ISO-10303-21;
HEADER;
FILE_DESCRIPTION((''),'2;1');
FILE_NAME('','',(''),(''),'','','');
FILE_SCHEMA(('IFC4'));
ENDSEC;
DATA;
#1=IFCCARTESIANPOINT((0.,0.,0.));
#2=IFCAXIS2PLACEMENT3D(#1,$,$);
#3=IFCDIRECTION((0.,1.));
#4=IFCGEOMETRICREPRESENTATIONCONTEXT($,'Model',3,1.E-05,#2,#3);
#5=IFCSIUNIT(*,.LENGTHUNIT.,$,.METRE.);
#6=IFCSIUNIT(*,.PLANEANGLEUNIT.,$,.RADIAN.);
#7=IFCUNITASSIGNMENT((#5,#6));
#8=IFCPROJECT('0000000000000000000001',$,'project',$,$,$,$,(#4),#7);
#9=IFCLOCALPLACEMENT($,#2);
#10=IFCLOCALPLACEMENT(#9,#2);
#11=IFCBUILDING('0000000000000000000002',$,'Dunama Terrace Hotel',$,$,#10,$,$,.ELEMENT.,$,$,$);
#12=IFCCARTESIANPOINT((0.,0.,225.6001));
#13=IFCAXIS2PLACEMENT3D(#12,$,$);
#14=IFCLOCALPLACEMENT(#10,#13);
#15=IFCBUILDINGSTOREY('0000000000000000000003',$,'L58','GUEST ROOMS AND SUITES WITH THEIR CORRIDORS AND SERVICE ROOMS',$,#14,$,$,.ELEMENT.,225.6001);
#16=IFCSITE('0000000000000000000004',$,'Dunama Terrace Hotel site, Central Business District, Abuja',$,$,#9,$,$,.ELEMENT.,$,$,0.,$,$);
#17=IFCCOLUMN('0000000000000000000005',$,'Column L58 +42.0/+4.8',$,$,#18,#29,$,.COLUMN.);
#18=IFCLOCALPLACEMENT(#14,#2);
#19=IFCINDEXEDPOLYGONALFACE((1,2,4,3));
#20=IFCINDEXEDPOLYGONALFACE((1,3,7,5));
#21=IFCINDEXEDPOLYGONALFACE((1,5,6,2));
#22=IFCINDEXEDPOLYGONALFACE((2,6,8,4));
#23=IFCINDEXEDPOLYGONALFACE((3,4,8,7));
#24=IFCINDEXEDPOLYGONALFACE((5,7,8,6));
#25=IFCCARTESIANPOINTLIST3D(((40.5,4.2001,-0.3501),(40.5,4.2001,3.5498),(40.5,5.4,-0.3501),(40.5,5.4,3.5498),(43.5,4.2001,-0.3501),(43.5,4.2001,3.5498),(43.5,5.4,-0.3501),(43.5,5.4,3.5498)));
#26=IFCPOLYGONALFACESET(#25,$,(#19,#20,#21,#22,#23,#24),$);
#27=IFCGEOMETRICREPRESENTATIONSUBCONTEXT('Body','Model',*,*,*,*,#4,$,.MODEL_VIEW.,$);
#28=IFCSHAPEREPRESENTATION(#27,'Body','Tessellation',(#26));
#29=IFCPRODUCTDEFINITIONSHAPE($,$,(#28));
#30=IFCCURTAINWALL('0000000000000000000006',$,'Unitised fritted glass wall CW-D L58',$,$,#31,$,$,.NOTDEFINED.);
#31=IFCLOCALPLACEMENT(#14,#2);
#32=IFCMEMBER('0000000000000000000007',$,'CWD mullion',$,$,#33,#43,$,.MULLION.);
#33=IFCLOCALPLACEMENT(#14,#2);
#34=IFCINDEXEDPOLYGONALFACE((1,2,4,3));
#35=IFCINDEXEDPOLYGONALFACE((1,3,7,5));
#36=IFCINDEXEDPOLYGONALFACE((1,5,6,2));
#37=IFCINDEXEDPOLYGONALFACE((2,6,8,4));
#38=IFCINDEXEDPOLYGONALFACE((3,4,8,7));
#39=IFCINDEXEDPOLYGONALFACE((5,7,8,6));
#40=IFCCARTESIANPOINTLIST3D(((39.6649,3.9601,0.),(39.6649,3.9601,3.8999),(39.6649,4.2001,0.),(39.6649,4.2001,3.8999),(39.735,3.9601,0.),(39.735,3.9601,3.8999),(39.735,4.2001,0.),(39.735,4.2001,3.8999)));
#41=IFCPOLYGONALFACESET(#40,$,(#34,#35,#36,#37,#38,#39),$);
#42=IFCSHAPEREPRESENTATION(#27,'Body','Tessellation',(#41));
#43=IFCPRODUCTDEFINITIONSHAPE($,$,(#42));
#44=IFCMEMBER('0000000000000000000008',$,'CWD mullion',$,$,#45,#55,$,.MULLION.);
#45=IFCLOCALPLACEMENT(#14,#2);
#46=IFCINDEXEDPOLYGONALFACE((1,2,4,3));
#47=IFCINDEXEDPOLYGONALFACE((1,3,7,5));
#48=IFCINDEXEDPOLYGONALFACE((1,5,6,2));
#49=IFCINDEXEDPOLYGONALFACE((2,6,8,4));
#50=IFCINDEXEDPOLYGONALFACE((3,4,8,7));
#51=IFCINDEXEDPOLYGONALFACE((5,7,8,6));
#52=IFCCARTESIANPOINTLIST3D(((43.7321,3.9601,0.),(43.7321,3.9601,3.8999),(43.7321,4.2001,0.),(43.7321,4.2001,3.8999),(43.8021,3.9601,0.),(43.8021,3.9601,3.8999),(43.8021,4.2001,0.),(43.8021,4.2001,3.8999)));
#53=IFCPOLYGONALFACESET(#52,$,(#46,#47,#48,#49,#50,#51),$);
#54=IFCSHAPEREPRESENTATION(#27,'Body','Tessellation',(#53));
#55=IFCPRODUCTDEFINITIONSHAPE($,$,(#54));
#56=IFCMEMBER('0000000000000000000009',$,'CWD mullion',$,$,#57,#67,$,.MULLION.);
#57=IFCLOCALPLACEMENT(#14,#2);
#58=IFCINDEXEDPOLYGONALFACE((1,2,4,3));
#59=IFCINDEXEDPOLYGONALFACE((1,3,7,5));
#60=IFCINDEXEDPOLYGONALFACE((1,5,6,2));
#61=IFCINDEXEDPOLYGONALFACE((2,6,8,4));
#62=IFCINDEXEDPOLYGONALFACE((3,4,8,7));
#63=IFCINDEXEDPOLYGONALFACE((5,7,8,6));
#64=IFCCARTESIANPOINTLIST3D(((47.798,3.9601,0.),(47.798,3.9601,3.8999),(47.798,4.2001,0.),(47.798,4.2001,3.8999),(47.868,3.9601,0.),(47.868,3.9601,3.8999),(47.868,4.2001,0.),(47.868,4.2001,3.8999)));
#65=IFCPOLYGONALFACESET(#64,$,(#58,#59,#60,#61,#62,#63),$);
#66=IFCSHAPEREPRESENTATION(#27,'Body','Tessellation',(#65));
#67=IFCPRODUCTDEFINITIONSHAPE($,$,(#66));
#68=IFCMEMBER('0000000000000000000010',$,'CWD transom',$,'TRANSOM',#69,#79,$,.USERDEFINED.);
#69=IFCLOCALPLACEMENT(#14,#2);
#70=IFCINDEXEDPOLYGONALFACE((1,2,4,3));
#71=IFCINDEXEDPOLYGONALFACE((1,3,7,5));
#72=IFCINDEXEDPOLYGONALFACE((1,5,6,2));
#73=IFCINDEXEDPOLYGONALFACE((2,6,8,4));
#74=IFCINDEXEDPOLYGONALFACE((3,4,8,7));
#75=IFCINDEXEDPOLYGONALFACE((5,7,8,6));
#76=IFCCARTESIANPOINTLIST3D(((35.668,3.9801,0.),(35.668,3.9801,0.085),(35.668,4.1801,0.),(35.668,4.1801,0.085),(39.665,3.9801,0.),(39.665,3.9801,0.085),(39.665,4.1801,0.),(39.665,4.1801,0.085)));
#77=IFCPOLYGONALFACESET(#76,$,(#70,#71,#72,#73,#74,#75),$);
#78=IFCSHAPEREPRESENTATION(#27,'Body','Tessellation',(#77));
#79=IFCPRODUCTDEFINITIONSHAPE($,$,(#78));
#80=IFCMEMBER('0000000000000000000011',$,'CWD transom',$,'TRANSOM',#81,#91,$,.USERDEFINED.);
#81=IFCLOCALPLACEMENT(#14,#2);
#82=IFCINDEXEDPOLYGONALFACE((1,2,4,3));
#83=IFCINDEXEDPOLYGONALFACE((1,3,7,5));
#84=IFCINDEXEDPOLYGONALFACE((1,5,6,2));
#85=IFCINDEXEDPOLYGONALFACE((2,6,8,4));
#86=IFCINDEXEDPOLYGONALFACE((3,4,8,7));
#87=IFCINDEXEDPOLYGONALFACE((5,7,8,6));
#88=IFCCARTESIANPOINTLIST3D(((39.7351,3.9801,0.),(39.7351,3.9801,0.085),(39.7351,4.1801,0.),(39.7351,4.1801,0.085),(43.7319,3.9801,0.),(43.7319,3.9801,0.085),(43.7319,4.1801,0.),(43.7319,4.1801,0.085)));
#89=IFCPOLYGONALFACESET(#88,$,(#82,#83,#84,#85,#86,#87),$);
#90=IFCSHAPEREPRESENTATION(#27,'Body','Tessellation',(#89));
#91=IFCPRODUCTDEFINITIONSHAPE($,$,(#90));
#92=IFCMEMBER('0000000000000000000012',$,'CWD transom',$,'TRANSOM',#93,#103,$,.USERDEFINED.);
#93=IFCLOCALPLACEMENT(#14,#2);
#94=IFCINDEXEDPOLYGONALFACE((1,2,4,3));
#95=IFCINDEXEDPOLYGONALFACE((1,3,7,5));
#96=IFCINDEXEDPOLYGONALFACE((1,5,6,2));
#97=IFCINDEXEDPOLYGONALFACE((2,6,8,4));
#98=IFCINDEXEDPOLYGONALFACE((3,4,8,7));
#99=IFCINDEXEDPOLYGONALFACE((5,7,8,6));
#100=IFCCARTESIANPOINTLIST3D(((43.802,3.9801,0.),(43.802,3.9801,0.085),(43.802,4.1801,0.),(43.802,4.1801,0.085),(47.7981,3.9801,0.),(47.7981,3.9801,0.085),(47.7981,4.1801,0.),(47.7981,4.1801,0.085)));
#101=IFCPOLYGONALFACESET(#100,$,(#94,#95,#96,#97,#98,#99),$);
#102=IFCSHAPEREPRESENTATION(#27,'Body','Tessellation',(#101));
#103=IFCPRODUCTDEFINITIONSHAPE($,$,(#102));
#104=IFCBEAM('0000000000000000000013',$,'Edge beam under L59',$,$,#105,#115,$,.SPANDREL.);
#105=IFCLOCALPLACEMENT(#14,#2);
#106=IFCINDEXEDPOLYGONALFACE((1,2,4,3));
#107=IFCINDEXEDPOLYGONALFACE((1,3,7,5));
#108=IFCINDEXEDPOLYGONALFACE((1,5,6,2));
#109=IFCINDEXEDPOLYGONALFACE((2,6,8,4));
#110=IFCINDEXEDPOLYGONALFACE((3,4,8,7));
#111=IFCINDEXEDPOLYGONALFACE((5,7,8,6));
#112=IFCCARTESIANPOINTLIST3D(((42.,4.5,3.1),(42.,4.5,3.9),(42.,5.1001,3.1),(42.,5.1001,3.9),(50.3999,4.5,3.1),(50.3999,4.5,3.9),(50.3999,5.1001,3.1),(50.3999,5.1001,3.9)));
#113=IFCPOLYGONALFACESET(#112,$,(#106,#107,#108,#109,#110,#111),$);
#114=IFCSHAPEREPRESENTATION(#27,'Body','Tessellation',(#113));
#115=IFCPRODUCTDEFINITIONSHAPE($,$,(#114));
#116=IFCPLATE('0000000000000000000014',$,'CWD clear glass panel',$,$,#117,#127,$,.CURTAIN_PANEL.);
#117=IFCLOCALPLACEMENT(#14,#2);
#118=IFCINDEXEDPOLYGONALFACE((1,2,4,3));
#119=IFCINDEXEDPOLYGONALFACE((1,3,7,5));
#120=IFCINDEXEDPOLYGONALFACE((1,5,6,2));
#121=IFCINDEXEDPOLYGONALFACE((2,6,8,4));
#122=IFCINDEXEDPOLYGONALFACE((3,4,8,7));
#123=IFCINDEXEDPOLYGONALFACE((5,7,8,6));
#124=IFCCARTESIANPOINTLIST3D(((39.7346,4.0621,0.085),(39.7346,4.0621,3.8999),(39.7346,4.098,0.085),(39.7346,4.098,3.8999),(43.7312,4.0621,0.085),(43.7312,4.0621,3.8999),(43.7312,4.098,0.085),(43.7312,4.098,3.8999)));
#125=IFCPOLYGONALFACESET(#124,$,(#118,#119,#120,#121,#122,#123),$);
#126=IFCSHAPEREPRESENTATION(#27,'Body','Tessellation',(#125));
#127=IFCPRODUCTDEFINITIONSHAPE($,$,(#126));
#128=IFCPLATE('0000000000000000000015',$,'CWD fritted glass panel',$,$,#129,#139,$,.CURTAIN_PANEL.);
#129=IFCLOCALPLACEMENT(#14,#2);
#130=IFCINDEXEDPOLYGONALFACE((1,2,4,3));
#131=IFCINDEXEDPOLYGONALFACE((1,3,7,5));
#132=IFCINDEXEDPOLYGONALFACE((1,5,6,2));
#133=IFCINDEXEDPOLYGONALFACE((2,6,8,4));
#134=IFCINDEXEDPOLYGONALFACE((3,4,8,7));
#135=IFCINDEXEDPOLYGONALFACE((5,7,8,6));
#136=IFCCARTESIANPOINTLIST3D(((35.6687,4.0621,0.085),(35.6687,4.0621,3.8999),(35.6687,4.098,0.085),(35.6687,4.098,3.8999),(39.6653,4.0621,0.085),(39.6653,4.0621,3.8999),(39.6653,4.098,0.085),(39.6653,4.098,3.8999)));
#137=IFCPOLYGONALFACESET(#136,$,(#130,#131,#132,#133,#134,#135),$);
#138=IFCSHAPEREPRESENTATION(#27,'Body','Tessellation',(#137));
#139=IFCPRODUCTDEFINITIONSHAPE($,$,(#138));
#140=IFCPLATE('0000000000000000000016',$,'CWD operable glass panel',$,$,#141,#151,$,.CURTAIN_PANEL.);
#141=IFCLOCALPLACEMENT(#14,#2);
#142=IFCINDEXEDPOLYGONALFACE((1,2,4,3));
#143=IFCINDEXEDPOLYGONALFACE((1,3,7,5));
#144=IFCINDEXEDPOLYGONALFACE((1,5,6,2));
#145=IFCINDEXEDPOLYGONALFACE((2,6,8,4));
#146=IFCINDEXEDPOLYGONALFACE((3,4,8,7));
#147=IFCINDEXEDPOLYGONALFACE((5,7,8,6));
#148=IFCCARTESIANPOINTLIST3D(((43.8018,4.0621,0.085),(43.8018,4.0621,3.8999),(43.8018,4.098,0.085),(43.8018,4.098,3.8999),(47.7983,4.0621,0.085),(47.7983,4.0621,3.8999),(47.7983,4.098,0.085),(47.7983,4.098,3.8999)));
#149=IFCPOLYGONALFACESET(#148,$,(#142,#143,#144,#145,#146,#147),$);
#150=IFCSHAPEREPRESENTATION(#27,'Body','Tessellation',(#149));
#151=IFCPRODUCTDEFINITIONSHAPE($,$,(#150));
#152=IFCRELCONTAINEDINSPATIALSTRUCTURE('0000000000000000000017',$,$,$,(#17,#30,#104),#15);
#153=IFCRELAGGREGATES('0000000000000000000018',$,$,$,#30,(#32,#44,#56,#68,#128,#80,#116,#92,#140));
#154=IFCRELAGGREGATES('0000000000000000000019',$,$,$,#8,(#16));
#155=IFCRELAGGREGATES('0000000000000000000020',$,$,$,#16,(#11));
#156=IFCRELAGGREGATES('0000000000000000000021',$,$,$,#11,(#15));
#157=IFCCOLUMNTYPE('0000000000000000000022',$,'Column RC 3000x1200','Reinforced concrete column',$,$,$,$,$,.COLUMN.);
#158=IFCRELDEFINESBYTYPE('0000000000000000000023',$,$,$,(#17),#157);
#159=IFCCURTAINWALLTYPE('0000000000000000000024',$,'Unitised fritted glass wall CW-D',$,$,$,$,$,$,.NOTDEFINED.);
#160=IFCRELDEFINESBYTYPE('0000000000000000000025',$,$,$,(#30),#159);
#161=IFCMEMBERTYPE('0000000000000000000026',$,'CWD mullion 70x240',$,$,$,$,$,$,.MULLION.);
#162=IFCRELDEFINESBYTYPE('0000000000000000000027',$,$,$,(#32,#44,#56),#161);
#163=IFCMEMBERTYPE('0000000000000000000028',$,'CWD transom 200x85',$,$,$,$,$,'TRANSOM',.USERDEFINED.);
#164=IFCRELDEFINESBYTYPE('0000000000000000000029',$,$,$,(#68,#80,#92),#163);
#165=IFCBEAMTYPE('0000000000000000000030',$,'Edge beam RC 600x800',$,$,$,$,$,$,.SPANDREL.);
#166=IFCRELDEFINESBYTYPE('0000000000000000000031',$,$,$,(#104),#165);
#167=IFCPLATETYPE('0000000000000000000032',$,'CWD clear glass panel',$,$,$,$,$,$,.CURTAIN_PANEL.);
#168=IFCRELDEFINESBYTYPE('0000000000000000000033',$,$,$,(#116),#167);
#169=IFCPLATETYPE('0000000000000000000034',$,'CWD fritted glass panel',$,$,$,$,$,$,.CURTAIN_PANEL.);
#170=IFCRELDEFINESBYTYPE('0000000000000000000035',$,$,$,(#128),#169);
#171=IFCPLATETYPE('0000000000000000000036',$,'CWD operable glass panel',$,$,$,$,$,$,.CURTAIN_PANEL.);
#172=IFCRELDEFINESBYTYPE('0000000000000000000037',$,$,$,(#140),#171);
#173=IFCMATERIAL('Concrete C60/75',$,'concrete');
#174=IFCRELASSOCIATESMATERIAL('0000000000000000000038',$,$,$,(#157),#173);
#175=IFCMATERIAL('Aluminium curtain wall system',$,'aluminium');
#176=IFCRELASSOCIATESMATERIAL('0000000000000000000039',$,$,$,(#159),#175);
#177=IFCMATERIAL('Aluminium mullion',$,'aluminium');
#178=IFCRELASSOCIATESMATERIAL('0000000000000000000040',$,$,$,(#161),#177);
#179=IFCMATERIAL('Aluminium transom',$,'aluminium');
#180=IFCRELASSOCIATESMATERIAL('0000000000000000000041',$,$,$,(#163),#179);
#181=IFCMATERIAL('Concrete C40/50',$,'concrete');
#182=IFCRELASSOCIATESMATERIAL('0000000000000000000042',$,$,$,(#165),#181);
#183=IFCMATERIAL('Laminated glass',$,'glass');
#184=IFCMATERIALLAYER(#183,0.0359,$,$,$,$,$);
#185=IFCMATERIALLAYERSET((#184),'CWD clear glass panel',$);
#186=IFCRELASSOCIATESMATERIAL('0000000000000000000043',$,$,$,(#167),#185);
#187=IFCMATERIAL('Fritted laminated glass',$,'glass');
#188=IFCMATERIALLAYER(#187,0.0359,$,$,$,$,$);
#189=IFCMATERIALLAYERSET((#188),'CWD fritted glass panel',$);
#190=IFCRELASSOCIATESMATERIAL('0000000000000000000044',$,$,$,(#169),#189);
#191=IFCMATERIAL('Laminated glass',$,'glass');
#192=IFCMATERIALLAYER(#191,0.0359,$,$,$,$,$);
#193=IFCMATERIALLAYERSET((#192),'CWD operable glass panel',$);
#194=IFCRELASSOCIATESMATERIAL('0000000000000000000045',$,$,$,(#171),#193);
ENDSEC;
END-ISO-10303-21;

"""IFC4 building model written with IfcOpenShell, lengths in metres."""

from ifc_helpers import new_model, si_unit, direction, frame, origin, origin_2d, place, context, subcontext, project, spatial, rectangle, extrude, material, layer, layer_set, material_profile, profile_set, type_object, element, aggregate, save


model = new_model("IFC4")

# Units and contexts
model_context = context("Model", 3, precision=1e-05, world=origin(), true_north=direction((0.0, 1.0)))
body_context = subcontext(model_context, "Body", "Model", "MODEL_VIEW")
ifc_project = project(units=[si_unit("LENGTHUNIT", "METRE"), si_unit("PLANEANGLEUNIT", "RADIAN")], contexts=[model_context])

# Site, building, storey
site_placement = place(None, origin())
site = spatial("IfcSite", under=ifc_project, at=site_placement, Name="Dunama Terrace Hotel site, Central Business District, Abuja", CompositionType="ELEMENT", RefElevation=0.0)
building_placement = place(site_placement, origin())
building = spatial("IfcBuilding", under=site, at=building_placement, Name="Dunama Terrace Hotel", CompositionType="ELEMENT")
storey_placement = place(building_placement, frame((0.0, 0.0, 225.6001)))
storey = spatial("IfcBuildingStorey", under=building, at=storey_placement, Name="L58", Description="GUEST ROOMS AND SUITES WITH THEIR CORRIDORS AND SERVICE ROOMS", CompositionType="ELEMENT", Elevation=225.6001)

# Column
ifc_material_1 = material(Name="Concrete C60/75", Category="concrete")
ifc_material_profile_1 = material_profile(ifc_material_1, rectangle(XDim=3.0, YDim=1.2, at=origin_2d()), Name="RC 3000x1200")
ifc_profile_set_1 = profile_set([ifc_material_profile_1], Name="Concrete C60/75")
column_type = type_object("IfcColumnType", Name="Column RC 3000x1200", Description="Reinforced concrete column", PredefinedType="COLUMN", material=ifc_profile_set_1)
column_placement = place(storey_placement, frame((42.0, 4.8, -0.3501), z_axis=(0.0, 0.0, 1.0), x_axis=(1.0, 0.0, 0.0)))
element("IfcColumn", 1, at=column_placement, inside=storey, type_object=column_type, Name="Column L58 +42.0/+4.8", PredefinedType="COLUMN", context=body_context, shape_type="SweptSolid", body=[
    extrude(rectangle(XDim=3.0, YDim=1.2, at=origin_2d()), origin(), (0.0, 0.0, 1.0), 3.8999),
])

# Curtain wall, members
ifc_material_2 = material(Name="Aluminium curtain wall system", Category="aluminium")
curtain_wall_type = type_object("IfcCurtainWallType", Name="Unitised fritted glass wall CW-D", PredefinedType="NOTDEFINED", material=ifc_material_2)
curtain_wall_placement = place(storey_placement, origin())
curtain_wall = element("IfcCurtainWall", 2, at=curtain_wall_placement, inside=storey, type_object=curtain_wall_type, Name="Unitised fritted glass wall CW-D L58", PredefinedType="NOTDEFINED")
ifc_material_3 = material(Name="Aluminium mullion", Category="aluminium")
ifc_material_profile_2 = material_profile(ifc_material_3, rectangle(XDim=0.0701, YDim=0.24, at=origin_2d()), Name="CWD MULLION 70X240")
ifc_profile_set_2 = profile_set([ifc_material_profile_2], Name="Aluminium mullion")
member_type_1 = type_object("IfcMemberType", Name="CWD mullion 70x240", PredefinedType="MULLION", material=ifc_profile_set_2)
member_1_placement = place(storey_placement, frame((39.7, 4.0801, 0.0), z_axis=(0.0, 0.0, 1.0), x_axis=(1.0, 0.0, 0.0)))
member_1 = element("IfcMember", 3, at=member_1_placement, type_object=member_type_1, Name="CWD mullion", PredefinedType="MULLION", context=body_context, shape_type="SweptSolid", body=[
    extrude(rectangle(XDim=0.0701, YDim=0.24, at=origin_2d()), origin(), (0.0, 0.0, 1.0), 3.8999),
])
member_2_placement = place(storey_placement, frame((43.7671, 4.0801, 0.0), z_axis=(0.0, 0.0, 1.0), x_axis=(1.0, 0.0, 0.0)))
member_2 = element("IfcMember", 4, at=member_2_placement, type_object=member_type_1, Name="CWD mullion", PredefinedType="MULLION", context=body_context, shape_type="SweptSolid", body=[
    extrude(rectangle(XDim=0.0701, YDim=0.24, at=origin_2d()), origin(), (0.0, 0.0, 1.0), 3.8999),
])
member_3_placement = place(storey_placement, frame((47.833, 4.0801, 0.0), z_axis=(0.0, 0.0, 1.0), x_axis=(1.0, 0.0, 0.0)))
member_3 = element("IfcMember", 5, at=member_3_placement, type_object=member_type_1, Name="CWD mullion", PredefinedType="MULLION", context=body_context, shape_type="SweptSolid", body=[
    extrude(rectangle(XDim=0.0701, YDim=0.24, at=origin_2d()), origin(), (0.0, 0.0, 1.0), 3.8999),
])
ifc_material_4 = material(Name="Aluminium transom", Category="aluminium")
ifc_material_profile_3 = material_profile(ifc_material_4, rectangle(XDim=0.2, YDim=0.085, at=origin_2d()), Name="CWD TRANSOM 200X85")
ifc_profile_set_3 = profile_set([ifc_material_profile_3], Name="Aluminium transom")
member_type_2 = type_object("IfcMemberType", Name="CWD transom 200x85", ElementType="TRANSOM", PredefinedType="USERDEFINED", material=ifc_profile_set_3)
member_4_placement = place(storey_placement, frame((35.668, 4.0801, 0.0425), z_axis=(1.0, 0.0, 0.0), x_axis=(0.0, 1.0, 0.0)))
member_4 = element("IfcMember", 6, at=member_4_placement, type_object=member_type_2, Name="CWD transom", ObjectType="TRANSOM", PredefinedType="USERDEFINED", context=body_context, shape_type="SweptSolid", body=[
    extrude(rectangle(XDim=0.2, YDim=0.085, at=origin_2d()), origin(), (0.0, 0.0, 1.0), 3.9971),
])
member_5_placement = place(storey_placement, frame((39.7351, 4.0801, 0.0425), z_axis=(1.0, 0.0, 0.0), x_axis=(0.0, 1.0, 0.0)))
member_5 = element("IfcMember", 7, at=member_5_placement, type_object=member_type_2, Name="CWD transom", ObjectType="TRANSOM", PredefinedType="USERDEFINED", context=body_context, shape_type="SweptSolid", body=[
    extrude(rectangle(XDim=0.2, YDim=0.085, at=origin_2d()), origin(), (0.0, 0.0, 1.0), 3.9968),
])
member_6_placement = place(storey_placement, frame((43.802, 4.0801, 0.0425), z_axis=(1.0, 0.0, 0.0), x_axis=(0.0, 1.0, 0.0)))
member_6 = element("IfcMember", 8, at=member_6_placement, type_object=member_type_2, Name="CWD transom", ObjectType="TRANSOM", PredefinedType="USERDEFINED", context=body_context, shape_type="SweptSolid", body=[
    extrude(rectangle(XDim=0.2, YDim=0.085, at=origin_2d()), origin(), (0.0, 0.0, 1.0), 3.9961),
])

# Beam
ifc_material_5 = material(Name="Concrete C40/50", Category="concrete")
ifc_material_profile_4 = material_profile(ifc_material_5, rectangle(XDim=0.6001, YDim=0.8, at=origin_2d()), Name="RC 600x800")
ifc_profile_set_4 = profile_set([ifc_material_profile_4], Name="Concrete C40/50")
beam_type = type_object("IfcBeamType", Name="Edge beam RC 600x800", PredefinedType="SPANDREL", material=ifc_profile_set_4)
beam_placement = place(storey_placement, frame((42.0, 4.8, 3.5), z_axis=(1.0, 0.0, 0.0), x_axis=(0.0, 1.0, 0.0)))
element("IfcBeam", 9, at=beam_placement, inside=storey, type_object=beam_type, Name="Edge beam under L59", PredefinedType="SPANDREL", context=body_context, shape_type="SweptSolid", body=[
    extrude(rectangle(XDim=0.6001, YDim=0.8, at=origin_2d()), origin(), (0.0, 0.0, 1.0), 8.3999),
])

# Plates
ifc_material_6 = material(Name="Laminated glass", Category="glass")
ifc_layer_1 = layer(ifc_material_6, 0.0359)
ifc_layer_set_1 = layer_set([ifc_layer_1], Name="CWD clear glass panel")
plate_type_1 = type_object("IfcPlateType", Name="CWD clear glass panel", PredefinedType="CURTAIN_PANEL", material=ifc_layer_set_1)
plate_1_placement = place(storey_placement, frame((41.7329, 4.0801, 0.085), z_axis=(0.0, 0.0, 1.0), x_axis=(1.0, 0.0, 0.0)))
plate_1 = element("IfcPlate", 10, at=plate_1_placement, type_object=plate_type_1, Name="CWD clear glass panel", PredefinedType="CURTAIN_PANEL", context=body_context, shape_type="SweptSolid", body=[
    extrude(rectangle(XDim=3.9966, YDim=0.0359, at=origin_2d()), origin(), (0.0, 0.0, 1.0), 3.8149),
])
ifc_material_7 = material(Name="Fritted laminated glass", Category="glass")
ifc_layer_2 = layer(ifc_material_7, 0.0359)
ifc_layer_set_2 = layer_set([ifc_layer_2], Name="CWD fritted glass panel")
plate_type_2 = type_object("IfcPlateType", Name="CWD fritted glass panel", PredefinedType="CURTAIN_PANEL", material=ifc_layer_set_2)
plate_2_placement = place(storey_placement, frame((37.667, 4.0801, 0.085), z_axis=(0.0, 0.0, 1.0), x_axis=(1.0, 0.0, 0.0)))
plate_2 = element("IfcPlate", 11, at=plate_2_placement, type_object=plate_type_2, Name="CWD fritted glass panel", PredefinedType="CURTAIN_PANEL", context=body_context, shape_type="SweptSolid", body=[
    extrude(rectangle(XDim=3.9966, YDim=0.0359, at=origin_2d()), origin(), (0.0, 0.0, 1.0), 3.8149),
])
ifc_material_8 = material(Name="Laminated glass", Category="glass")
ifc_layer_3 = layer(ifc_material_8, 0.0359)
ifc_layer_set_3 = layer_set([ifc_layer_3], Name="CWD operable glass panel")
plate_type_3 = type_object("IfcPlateType", Name="CWD operable glass panel", PredefinedType="CURTAIN_PANEL", material=ifc_layer_set_3)
plate_3_placement = place(storey_placement, frame((45.8, 4.0801, 0.085), z_axis=(0.0, 0.0, 1.0), x_axis=(1.0, 0.0, 0.0)))
plate_3 = element("IfcPlate", 12, at=plate_3_placement, type_object=plate_type_3, Name="CWD operable glass panel", PredefinedType="CURTAIN_PANEL", context=body_context, shape_type="SweptSolid", body=[
    extrude(rectangle(XDim=3.9966, YDim=0.0359, at=origin_2d()), origin(), (0.0, 0.0, 1.0), 3.8149),
])
aggregate(curtain_wall, [member_1, member_2, member_3, member_4, plate_2, member_5, plate_1, member_6, plate_3])

save(model, "model.ifc")
